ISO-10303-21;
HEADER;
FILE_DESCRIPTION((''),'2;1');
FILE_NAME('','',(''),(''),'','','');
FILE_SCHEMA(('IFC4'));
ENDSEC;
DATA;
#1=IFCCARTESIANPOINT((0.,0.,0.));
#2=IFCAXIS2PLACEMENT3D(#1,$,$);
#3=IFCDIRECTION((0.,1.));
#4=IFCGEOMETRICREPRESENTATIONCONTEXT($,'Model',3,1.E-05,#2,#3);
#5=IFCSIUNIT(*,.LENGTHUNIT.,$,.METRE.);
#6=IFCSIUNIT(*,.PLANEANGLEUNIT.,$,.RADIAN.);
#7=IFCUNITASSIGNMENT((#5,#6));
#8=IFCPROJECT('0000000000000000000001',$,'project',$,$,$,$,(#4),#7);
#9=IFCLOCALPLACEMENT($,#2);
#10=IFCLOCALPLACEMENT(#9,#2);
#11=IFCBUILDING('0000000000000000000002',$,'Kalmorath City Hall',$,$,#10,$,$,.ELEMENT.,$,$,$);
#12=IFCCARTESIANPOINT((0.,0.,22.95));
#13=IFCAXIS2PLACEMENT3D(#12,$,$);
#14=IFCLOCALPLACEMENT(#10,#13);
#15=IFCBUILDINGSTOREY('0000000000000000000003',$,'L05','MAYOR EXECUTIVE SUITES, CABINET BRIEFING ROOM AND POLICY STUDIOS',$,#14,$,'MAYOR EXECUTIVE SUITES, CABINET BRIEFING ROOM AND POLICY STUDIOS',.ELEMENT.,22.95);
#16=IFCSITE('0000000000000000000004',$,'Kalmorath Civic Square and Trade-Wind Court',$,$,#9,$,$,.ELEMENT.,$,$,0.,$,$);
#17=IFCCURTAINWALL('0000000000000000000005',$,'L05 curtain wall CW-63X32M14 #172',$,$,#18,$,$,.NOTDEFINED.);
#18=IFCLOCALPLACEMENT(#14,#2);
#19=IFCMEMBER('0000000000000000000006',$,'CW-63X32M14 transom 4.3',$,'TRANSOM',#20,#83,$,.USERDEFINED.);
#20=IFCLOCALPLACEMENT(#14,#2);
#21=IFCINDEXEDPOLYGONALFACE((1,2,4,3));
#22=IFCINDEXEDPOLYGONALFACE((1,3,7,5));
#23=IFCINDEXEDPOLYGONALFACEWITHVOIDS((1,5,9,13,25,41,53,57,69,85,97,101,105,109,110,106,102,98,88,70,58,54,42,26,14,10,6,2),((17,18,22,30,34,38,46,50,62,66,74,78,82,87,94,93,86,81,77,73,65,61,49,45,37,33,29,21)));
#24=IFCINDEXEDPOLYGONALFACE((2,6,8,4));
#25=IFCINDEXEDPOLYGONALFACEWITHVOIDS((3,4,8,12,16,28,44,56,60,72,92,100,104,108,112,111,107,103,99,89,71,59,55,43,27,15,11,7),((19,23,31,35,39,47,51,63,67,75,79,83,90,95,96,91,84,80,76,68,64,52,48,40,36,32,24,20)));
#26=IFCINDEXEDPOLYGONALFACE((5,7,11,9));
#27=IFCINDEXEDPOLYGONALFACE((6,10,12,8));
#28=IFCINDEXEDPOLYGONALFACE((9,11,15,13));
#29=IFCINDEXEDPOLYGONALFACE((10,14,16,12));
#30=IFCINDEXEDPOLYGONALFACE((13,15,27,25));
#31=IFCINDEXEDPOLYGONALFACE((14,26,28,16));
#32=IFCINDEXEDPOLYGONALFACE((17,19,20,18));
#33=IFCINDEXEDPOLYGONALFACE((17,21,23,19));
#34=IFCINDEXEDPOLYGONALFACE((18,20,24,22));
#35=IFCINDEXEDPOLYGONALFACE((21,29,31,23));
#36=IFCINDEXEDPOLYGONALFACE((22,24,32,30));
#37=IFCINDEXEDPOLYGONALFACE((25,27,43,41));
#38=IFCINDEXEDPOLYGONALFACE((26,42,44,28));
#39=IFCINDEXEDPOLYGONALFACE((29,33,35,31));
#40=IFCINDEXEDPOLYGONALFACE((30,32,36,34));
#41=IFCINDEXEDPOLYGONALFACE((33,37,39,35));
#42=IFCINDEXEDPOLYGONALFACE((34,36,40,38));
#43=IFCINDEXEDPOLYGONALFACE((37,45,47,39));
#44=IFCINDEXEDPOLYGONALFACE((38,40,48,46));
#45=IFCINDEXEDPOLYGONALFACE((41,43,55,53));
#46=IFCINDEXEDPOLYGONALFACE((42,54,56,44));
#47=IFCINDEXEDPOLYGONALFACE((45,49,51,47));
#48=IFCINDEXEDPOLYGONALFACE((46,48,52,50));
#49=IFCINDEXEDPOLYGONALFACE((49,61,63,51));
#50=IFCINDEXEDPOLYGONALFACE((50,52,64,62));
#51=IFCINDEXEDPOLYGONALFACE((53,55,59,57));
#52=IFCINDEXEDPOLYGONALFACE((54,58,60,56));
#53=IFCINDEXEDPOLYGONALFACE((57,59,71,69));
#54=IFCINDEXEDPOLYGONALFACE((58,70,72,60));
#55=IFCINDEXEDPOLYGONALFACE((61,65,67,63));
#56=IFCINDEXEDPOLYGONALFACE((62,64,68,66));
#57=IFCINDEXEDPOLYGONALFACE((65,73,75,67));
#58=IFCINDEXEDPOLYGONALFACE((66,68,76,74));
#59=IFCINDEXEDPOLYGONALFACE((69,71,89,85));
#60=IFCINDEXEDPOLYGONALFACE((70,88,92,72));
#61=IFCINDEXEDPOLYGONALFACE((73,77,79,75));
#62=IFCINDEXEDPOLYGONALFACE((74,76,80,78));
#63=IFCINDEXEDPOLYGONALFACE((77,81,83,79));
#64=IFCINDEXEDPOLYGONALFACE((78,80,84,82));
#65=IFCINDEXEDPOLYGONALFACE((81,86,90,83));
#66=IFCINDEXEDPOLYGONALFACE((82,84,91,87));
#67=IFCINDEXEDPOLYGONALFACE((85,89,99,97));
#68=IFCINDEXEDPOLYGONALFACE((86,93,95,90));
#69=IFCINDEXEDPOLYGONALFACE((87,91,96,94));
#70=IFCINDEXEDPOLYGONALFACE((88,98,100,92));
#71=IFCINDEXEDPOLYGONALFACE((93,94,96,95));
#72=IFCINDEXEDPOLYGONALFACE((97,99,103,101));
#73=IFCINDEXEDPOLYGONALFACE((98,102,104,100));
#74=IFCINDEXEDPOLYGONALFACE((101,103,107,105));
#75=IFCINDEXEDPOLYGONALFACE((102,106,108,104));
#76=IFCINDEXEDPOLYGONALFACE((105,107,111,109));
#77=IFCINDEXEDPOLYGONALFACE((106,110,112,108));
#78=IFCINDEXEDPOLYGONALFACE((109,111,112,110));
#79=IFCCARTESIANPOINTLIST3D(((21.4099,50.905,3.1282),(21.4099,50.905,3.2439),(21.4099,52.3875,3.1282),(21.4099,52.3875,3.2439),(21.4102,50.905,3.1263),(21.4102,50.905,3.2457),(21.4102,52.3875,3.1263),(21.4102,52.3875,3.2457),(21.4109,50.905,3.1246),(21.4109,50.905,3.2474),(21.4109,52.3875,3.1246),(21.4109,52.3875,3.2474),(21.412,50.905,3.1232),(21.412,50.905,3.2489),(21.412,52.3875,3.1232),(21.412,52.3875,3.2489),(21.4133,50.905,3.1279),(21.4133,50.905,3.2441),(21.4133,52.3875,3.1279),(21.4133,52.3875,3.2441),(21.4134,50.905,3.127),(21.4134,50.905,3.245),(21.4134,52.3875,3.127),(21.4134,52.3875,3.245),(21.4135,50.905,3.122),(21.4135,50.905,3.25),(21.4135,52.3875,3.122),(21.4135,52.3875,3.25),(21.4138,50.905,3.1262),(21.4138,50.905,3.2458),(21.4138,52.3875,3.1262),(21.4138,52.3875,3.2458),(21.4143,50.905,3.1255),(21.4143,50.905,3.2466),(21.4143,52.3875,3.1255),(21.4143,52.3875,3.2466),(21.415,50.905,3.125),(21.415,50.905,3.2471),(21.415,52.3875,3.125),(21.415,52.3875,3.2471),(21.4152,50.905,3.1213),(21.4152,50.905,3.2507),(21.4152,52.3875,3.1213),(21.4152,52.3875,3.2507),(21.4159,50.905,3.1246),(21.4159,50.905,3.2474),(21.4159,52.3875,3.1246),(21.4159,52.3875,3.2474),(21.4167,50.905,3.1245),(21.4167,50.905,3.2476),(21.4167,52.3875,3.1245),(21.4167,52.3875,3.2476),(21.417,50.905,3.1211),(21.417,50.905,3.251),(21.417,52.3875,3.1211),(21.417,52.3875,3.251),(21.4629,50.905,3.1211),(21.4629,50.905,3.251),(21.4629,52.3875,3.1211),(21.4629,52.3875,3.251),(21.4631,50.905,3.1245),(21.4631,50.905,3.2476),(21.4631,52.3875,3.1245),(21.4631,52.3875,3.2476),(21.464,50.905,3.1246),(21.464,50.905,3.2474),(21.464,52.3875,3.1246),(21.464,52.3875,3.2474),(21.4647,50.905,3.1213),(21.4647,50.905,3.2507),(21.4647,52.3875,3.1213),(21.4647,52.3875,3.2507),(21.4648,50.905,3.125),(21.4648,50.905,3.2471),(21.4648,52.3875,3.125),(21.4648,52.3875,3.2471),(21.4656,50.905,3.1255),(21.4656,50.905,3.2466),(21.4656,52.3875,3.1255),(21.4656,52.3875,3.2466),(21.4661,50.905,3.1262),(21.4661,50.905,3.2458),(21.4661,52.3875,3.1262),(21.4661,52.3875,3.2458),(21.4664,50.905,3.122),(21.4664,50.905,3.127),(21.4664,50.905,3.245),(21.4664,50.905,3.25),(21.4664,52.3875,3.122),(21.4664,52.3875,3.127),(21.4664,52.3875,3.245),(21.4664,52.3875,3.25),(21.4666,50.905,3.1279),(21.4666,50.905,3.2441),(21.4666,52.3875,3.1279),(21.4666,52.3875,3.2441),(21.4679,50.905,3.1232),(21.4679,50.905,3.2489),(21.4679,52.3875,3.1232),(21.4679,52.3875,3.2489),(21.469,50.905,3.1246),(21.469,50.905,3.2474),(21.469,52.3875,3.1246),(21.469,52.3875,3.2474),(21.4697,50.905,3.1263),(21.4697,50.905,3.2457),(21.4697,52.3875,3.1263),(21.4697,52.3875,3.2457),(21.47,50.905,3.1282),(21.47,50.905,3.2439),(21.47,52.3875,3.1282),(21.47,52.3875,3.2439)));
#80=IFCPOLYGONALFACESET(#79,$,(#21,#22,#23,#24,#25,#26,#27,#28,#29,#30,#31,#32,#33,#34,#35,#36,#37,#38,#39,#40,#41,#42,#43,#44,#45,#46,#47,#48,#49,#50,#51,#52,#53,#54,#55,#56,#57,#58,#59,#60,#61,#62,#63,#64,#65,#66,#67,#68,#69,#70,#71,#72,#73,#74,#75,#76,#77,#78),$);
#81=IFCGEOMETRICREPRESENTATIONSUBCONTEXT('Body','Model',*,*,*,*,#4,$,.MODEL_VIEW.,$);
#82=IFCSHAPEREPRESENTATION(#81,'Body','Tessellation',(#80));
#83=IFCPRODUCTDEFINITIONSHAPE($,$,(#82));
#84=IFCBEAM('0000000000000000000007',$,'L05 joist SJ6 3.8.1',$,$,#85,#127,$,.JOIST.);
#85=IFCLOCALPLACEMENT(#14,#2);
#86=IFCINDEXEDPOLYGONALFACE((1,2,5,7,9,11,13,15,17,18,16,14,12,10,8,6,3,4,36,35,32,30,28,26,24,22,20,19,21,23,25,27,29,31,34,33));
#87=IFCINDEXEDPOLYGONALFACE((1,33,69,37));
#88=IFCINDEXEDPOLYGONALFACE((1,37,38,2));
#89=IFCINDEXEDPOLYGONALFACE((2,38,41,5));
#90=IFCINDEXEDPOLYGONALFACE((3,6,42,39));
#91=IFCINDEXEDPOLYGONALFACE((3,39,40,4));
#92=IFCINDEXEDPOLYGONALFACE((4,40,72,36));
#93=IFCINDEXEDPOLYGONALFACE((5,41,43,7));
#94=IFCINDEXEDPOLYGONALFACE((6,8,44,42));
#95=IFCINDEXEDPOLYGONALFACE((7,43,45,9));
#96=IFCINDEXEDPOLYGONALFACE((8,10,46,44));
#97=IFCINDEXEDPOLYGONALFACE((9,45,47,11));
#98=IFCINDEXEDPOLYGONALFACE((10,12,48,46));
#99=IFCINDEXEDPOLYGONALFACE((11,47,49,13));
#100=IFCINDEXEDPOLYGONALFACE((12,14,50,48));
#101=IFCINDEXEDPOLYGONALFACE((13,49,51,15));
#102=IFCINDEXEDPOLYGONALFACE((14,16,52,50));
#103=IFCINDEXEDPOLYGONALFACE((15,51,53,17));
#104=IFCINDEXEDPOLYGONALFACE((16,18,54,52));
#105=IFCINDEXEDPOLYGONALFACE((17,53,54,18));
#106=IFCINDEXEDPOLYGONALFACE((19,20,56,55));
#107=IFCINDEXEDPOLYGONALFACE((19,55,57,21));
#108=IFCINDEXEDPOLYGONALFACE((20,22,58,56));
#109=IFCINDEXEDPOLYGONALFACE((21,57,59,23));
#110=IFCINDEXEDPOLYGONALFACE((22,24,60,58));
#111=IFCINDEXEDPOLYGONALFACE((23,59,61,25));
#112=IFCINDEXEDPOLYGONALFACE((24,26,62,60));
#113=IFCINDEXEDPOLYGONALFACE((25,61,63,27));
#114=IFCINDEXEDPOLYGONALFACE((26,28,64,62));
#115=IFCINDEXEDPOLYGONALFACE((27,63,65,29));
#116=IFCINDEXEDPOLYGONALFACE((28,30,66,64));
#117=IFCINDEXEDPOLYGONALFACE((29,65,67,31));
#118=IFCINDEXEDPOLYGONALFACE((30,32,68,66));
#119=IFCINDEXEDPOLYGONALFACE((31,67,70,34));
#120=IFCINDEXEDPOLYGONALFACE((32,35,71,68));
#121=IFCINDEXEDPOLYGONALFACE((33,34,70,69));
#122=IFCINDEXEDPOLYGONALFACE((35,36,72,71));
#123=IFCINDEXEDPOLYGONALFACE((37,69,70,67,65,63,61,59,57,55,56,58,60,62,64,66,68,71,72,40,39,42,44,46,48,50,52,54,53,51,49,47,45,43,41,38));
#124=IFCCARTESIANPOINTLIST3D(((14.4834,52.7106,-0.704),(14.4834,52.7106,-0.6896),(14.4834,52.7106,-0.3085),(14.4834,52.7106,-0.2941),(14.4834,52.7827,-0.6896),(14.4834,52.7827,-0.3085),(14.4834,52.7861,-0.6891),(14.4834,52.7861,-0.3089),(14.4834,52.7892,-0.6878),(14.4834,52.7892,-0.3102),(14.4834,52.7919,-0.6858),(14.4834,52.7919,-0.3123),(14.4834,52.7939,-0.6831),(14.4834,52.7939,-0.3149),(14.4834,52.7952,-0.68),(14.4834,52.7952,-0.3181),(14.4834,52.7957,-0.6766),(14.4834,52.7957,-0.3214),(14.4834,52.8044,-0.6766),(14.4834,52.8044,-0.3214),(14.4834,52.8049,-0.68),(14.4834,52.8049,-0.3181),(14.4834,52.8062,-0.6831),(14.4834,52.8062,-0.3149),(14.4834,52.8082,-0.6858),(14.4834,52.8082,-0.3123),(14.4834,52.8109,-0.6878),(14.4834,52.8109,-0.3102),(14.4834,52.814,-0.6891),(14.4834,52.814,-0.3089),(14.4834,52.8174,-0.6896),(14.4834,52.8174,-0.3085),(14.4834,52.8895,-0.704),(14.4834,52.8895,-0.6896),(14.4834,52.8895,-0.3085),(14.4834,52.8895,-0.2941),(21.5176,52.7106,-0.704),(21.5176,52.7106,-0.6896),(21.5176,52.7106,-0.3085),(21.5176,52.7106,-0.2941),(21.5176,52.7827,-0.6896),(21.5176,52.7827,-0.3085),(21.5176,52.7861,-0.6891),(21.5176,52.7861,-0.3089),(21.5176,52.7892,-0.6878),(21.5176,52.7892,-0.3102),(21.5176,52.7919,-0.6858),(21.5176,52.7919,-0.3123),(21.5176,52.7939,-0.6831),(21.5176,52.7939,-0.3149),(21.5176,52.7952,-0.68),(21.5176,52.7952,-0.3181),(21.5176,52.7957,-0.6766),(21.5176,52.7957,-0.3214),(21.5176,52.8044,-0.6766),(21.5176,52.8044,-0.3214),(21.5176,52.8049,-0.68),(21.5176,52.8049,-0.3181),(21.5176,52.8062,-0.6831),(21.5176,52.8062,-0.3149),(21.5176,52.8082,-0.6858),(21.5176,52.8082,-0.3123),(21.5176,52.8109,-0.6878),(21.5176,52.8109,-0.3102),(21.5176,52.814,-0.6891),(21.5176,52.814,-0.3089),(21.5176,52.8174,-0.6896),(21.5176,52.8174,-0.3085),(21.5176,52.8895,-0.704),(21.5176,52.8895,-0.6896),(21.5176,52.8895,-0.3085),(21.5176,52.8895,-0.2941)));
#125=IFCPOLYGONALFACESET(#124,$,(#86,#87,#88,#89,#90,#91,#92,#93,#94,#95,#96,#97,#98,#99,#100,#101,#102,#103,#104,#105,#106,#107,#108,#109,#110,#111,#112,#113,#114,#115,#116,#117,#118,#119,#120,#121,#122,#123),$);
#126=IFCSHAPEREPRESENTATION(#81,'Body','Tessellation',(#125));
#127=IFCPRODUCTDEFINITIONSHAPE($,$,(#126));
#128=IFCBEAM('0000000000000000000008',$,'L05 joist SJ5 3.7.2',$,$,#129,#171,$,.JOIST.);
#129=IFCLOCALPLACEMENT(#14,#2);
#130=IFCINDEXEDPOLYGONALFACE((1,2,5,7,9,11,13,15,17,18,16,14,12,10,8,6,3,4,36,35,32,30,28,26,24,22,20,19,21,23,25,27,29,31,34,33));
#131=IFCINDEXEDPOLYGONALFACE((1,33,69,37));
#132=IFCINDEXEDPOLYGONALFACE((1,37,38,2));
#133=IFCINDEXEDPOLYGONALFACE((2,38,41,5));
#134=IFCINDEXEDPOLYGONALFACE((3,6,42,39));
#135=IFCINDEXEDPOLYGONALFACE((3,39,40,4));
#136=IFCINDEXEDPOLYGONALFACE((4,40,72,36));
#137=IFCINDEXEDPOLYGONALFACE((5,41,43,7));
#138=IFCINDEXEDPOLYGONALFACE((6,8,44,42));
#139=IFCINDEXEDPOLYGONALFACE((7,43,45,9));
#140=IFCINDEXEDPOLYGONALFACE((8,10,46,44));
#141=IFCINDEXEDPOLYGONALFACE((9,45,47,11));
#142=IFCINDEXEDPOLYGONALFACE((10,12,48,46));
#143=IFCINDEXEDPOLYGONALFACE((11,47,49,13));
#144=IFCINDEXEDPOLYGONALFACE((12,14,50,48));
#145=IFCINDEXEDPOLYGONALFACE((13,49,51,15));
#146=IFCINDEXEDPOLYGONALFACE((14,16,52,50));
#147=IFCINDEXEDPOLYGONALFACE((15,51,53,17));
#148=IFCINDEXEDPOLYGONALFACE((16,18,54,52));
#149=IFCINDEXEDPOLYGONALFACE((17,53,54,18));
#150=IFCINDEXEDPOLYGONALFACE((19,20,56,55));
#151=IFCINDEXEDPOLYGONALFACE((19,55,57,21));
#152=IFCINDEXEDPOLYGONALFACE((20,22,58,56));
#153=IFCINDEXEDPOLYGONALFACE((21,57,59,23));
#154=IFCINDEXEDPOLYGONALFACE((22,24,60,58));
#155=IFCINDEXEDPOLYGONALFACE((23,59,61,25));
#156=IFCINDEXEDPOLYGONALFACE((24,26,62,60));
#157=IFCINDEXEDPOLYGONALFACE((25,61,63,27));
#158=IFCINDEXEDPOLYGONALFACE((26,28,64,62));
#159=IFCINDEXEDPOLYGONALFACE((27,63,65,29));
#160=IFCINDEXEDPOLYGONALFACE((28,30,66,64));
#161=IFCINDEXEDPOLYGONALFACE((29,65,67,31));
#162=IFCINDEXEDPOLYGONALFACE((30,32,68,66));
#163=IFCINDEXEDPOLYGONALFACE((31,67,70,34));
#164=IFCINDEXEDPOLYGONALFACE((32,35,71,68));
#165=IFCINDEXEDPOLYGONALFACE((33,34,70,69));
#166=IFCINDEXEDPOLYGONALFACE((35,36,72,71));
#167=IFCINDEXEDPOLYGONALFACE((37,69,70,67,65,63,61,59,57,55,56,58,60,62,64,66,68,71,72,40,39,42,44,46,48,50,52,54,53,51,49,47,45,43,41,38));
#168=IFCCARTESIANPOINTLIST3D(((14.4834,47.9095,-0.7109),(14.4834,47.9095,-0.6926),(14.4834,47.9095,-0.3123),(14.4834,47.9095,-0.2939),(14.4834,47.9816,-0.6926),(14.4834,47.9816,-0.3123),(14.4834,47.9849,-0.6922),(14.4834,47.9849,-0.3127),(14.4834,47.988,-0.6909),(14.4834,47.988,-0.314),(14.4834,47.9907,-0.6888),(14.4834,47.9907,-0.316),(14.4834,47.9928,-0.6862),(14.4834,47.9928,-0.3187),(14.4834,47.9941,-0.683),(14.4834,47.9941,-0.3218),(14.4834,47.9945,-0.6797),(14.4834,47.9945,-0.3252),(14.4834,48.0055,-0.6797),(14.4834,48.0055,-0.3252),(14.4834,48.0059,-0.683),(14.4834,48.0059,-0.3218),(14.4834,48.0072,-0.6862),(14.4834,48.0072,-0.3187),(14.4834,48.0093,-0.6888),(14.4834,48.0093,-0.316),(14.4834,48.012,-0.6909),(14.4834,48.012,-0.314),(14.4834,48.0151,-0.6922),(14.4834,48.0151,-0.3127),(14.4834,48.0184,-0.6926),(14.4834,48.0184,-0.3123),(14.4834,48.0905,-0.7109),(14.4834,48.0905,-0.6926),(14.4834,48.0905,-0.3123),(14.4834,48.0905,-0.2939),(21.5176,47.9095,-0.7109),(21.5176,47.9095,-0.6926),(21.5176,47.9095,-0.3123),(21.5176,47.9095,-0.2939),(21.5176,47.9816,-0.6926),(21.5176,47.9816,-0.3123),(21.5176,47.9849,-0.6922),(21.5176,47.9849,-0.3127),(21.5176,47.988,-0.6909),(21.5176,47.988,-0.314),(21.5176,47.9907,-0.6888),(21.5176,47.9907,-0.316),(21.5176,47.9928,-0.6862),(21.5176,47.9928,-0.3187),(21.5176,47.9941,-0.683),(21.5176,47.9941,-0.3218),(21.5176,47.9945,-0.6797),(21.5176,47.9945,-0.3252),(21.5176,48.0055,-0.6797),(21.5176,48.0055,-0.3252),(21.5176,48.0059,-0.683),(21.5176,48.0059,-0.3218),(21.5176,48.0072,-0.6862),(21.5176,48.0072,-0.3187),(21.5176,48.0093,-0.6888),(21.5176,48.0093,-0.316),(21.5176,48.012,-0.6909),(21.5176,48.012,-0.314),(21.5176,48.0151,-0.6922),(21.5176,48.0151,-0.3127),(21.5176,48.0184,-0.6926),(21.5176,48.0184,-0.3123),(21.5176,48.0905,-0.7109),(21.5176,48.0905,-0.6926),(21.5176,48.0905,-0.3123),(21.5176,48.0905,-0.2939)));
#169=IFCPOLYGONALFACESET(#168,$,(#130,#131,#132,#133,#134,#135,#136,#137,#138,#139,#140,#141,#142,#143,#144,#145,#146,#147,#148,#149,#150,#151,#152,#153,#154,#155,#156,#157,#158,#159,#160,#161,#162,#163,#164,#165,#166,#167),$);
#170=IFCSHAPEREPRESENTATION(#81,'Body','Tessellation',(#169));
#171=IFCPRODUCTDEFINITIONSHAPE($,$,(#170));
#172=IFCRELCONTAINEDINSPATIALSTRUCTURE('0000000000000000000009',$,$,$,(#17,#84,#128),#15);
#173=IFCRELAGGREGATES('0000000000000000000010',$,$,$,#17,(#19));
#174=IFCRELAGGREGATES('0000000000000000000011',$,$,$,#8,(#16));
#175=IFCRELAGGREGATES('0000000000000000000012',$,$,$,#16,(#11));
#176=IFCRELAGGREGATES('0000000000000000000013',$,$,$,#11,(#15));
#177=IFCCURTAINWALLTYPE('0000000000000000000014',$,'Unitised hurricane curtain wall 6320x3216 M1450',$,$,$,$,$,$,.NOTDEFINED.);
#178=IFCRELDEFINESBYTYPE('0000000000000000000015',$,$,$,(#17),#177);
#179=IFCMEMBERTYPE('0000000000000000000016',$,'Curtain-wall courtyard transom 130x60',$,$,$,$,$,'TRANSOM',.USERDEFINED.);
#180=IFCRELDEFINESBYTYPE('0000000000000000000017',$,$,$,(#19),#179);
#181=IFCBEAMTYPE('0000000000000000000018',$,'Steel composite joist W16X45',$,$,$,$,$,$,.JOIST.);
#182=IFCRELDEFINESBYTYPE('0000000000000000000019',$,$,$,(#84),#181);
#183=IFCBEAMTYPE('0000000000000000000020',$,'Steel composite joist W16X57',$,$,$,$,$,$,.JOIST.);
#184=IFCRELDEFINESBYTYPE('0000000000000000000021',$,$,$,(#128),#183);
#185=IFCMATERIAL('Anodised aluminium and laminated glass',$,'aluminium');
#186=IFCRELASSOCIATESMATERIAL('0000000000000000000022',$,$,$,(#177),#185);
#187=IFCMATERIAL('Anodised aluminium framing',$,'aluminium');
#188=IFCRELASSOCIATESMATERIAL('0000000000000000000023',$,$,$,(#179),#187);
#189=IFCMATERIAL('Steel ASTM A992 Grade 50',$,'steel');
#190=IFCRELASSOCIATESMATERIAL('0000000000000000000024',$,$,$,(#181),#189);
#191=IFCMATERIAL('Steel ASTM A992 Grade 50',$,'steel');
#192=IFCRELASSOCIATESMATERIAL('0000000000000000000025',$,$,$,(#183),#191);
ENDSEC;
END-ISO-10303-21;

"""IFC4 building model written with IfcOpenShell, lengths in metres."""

from ifc_helpers import new_model, si_unit, direction, frame, origin, origin_2d, place, context, subcontext, project, spatial, hollow_rectangle, i_section, extrude, material, material_profile, profile_set, type_object, element, aggregate, save


model = new_model("IFC4")

# Units and contexts
model_context = context("Model", 3, precision=1e-05, world=origin(), true_north=direction((0.0, 1.0)))
body_context = subcontext(model_context, "Body", "Model", "MODEL_VIEW")
ifc_project = project(units=[si_unit("LENGTHUNIT", "METRE"), si_unit("PLANEANGLEUNIT", "RADIAN")], contexts=[model_context])

# Site, building, storey
site_placement = place(None, origin())
site = spatial("IfcSite", under=ifc_project, at=site_placement, Name="Kalmorath Civic Square and Trade-Wind Court", CompositionType="ELEMENT", RefElevation=0.0)
building_placement = place(site_placement, origin())
building = spatial("IfcBuilding", under=site, at=building_placement, Name="Kalmorath City Hall", CompositionType="ELEMENT")
storey_placement = place(building_placement, frame((0.0, 0.0, 22.95)))
storey = spatial("IfcBuildingStorey", under=building, at=storey_placement, Name="L05", Description="MAYOR EXECUTIVE SUITES, CABINET BRIEFING ROOM AND POLICY STUDIOS", LongName="MAYOR EXECUTIVE SUITES, CABINET BRIEFING ROOM AND POLICY STUDIOS", CompositionType="ELEMENT", Elevation=22.95)

# Curtain wall, member
ifc_material_1 = material(Name="Anodised aluminium and laminated glass", Category="aluminium")
curtain_wall_type = type_object("IfcCurtainWallType", Name="Unitised hurricane curtain wall 6320x3216 M1450", PredefinedType="NOTDEFINED", material=ifc_material_1)
curtain_wall_placement = place(storey_placement, origin())
curtain_wall = element("IfcCurtainWall", 1, at=curtain_wall_placement, inside=storey, type_object=curtain_wall_type, Name="L05 curtain wall CW-63X32M14 #172", PredefinedType="NOTDEFINED")
ifc_material_2 = material(Name="Anodised aluminium framing", Category="aluminium")
ifc_material_profile_1 = material_profile(ifc_material_2, hollow_rectangle(XDim=0.0601, YDim=0.1299, WallThickness=0.0034, InnerFilletRadius=0.0034, OuterFilletRadius=0.0071, at=origin_2d()), Name="ALU-TRN-130X60X3.5")
ifc_profile_set_1 = profile_set([ifc_material_profile_1], Name="Anodised aluminium framing")
member_type_1 = type_object("IfcMemberType", Name="Curtain-wall courtyard transom 130x60", ElementType="TRANSOM", PredefinedType="USERDEFINED", material=ifc_profile_set_1)
member_1_placement = place(storey_placement, frame((21.4399, 52.3875, 3.186), z_axis=(0.0, -1.0, 0.0), x_axis=(1.0, 0.0, 0.0)))
member_1 = element("IfcMember", 2, at=member_1_placement, type_object=member_type_1, Name="CW-63X32M14 transom 4.3", ObjectType="TRANSOM", PredefinedType="USERDEFINED", context=body_context, shape_type="SweptSolid", body=[
    extrude(hollow_rectangle(XDim=0.0601, YDim=0.1299, WallThickness=0.0034, InnerFilletRadius=0.0034, OuterFilletRadius=0.0071, at=origin_2d()), origin(), (0.0, 0.0, 1.0), 1.4824),
])

# Beams
ifc_material_3 = material(Name="Steel ASTM A992 Grade 50", Category="steel")
ifc_material_profile_2 = material_profile(ifc_material_3, i_section(OverallWidth=0.179, OverallDepth=0.4099, WebThickness=0.0088, FlangeThickness=0.0144, FilletRadius=0.0129, at=origin_2d()), Name="W16X45")
ifc_profile_set_2 = profile_set([ifc_material_profile_2], Name="Steel ASTM A992 Grade 50")
beam_type_1 = type_object("IfcBeamType", Name="Steel composite joist W16X45", PredefinedType="JOIST", material=ifc_profile_set_2)
beam_1_placement = place(storey_placement, frame((14.4834, 52.8, -0.499), z_axis=(1.0, 0.0, 0.0), x_axis=(0.0, 1.0, 0.0)))
element("IfcBeam", 3, at=beam_1_placement, inside=storey, type_object=beam_type_1, Name="L05 joist SJ6 3.8.1", PredefinedType="JOIST", context=body_context, shape_type="SweptSolid", body=[
    extrude(i_section(OverallWidth=0.179, OverallDepth=0.4099, WebThickness=0.0088, FlangeThickness=0.0144, FilletRadius=0.0129, at=origin_2d()), origin(), (0.0, 0.0, 1.0), 7.0342),
])
ifc_material_4 = material(Name="Steel ASTM A992 Grade 50", Category="steel")
ifc_material_profile_3 = material_profile(ifc_material_4, i_section(OverallWidth=0.1809, OverallDepth=0.417, WebThickness=0.011, FlangeThickness=0.0183, FilletRadius=0.0129, at=origin_2d()), Name="W16X57")
ifc_profile_set_3 = profile_set([ifc_material_profile_3], Name="Steel ASTM A992 Grade 50")
beam_type_2 = type_object("IfcBeamType", Name="Steel composite joist W16X57", PredefinedType="JOIST", material=ifc_profile_set_3)
beam_2_placement = place(storey_placement, frame((14.4834, 48.0, -0.5024), z_axis=(1.0, 0.0, 0.0), x_axis=(0.0, 1.0, 0.0)))
element("IfcBeam", 4, at=beam_2_placement, inside=storey, type_object=beam_type_2, Name="L05 joist SJ5 3.7.2", PredefinedType="JOIST", context=body_context, shape_type="SweptSolid", body=[
    extrude(i_section(OverallWidth=0.1809, OverallDepth=0.417, WebThickness=0.011, FlangeThickness=0.0183, FilletRadius=0.0129, at=origin_2d()), origin(), (0.0, 0.0, 1.0), 7.0342),
])

aggregate(curtain_wall, [member_1])

save(model, "model.ifc")
